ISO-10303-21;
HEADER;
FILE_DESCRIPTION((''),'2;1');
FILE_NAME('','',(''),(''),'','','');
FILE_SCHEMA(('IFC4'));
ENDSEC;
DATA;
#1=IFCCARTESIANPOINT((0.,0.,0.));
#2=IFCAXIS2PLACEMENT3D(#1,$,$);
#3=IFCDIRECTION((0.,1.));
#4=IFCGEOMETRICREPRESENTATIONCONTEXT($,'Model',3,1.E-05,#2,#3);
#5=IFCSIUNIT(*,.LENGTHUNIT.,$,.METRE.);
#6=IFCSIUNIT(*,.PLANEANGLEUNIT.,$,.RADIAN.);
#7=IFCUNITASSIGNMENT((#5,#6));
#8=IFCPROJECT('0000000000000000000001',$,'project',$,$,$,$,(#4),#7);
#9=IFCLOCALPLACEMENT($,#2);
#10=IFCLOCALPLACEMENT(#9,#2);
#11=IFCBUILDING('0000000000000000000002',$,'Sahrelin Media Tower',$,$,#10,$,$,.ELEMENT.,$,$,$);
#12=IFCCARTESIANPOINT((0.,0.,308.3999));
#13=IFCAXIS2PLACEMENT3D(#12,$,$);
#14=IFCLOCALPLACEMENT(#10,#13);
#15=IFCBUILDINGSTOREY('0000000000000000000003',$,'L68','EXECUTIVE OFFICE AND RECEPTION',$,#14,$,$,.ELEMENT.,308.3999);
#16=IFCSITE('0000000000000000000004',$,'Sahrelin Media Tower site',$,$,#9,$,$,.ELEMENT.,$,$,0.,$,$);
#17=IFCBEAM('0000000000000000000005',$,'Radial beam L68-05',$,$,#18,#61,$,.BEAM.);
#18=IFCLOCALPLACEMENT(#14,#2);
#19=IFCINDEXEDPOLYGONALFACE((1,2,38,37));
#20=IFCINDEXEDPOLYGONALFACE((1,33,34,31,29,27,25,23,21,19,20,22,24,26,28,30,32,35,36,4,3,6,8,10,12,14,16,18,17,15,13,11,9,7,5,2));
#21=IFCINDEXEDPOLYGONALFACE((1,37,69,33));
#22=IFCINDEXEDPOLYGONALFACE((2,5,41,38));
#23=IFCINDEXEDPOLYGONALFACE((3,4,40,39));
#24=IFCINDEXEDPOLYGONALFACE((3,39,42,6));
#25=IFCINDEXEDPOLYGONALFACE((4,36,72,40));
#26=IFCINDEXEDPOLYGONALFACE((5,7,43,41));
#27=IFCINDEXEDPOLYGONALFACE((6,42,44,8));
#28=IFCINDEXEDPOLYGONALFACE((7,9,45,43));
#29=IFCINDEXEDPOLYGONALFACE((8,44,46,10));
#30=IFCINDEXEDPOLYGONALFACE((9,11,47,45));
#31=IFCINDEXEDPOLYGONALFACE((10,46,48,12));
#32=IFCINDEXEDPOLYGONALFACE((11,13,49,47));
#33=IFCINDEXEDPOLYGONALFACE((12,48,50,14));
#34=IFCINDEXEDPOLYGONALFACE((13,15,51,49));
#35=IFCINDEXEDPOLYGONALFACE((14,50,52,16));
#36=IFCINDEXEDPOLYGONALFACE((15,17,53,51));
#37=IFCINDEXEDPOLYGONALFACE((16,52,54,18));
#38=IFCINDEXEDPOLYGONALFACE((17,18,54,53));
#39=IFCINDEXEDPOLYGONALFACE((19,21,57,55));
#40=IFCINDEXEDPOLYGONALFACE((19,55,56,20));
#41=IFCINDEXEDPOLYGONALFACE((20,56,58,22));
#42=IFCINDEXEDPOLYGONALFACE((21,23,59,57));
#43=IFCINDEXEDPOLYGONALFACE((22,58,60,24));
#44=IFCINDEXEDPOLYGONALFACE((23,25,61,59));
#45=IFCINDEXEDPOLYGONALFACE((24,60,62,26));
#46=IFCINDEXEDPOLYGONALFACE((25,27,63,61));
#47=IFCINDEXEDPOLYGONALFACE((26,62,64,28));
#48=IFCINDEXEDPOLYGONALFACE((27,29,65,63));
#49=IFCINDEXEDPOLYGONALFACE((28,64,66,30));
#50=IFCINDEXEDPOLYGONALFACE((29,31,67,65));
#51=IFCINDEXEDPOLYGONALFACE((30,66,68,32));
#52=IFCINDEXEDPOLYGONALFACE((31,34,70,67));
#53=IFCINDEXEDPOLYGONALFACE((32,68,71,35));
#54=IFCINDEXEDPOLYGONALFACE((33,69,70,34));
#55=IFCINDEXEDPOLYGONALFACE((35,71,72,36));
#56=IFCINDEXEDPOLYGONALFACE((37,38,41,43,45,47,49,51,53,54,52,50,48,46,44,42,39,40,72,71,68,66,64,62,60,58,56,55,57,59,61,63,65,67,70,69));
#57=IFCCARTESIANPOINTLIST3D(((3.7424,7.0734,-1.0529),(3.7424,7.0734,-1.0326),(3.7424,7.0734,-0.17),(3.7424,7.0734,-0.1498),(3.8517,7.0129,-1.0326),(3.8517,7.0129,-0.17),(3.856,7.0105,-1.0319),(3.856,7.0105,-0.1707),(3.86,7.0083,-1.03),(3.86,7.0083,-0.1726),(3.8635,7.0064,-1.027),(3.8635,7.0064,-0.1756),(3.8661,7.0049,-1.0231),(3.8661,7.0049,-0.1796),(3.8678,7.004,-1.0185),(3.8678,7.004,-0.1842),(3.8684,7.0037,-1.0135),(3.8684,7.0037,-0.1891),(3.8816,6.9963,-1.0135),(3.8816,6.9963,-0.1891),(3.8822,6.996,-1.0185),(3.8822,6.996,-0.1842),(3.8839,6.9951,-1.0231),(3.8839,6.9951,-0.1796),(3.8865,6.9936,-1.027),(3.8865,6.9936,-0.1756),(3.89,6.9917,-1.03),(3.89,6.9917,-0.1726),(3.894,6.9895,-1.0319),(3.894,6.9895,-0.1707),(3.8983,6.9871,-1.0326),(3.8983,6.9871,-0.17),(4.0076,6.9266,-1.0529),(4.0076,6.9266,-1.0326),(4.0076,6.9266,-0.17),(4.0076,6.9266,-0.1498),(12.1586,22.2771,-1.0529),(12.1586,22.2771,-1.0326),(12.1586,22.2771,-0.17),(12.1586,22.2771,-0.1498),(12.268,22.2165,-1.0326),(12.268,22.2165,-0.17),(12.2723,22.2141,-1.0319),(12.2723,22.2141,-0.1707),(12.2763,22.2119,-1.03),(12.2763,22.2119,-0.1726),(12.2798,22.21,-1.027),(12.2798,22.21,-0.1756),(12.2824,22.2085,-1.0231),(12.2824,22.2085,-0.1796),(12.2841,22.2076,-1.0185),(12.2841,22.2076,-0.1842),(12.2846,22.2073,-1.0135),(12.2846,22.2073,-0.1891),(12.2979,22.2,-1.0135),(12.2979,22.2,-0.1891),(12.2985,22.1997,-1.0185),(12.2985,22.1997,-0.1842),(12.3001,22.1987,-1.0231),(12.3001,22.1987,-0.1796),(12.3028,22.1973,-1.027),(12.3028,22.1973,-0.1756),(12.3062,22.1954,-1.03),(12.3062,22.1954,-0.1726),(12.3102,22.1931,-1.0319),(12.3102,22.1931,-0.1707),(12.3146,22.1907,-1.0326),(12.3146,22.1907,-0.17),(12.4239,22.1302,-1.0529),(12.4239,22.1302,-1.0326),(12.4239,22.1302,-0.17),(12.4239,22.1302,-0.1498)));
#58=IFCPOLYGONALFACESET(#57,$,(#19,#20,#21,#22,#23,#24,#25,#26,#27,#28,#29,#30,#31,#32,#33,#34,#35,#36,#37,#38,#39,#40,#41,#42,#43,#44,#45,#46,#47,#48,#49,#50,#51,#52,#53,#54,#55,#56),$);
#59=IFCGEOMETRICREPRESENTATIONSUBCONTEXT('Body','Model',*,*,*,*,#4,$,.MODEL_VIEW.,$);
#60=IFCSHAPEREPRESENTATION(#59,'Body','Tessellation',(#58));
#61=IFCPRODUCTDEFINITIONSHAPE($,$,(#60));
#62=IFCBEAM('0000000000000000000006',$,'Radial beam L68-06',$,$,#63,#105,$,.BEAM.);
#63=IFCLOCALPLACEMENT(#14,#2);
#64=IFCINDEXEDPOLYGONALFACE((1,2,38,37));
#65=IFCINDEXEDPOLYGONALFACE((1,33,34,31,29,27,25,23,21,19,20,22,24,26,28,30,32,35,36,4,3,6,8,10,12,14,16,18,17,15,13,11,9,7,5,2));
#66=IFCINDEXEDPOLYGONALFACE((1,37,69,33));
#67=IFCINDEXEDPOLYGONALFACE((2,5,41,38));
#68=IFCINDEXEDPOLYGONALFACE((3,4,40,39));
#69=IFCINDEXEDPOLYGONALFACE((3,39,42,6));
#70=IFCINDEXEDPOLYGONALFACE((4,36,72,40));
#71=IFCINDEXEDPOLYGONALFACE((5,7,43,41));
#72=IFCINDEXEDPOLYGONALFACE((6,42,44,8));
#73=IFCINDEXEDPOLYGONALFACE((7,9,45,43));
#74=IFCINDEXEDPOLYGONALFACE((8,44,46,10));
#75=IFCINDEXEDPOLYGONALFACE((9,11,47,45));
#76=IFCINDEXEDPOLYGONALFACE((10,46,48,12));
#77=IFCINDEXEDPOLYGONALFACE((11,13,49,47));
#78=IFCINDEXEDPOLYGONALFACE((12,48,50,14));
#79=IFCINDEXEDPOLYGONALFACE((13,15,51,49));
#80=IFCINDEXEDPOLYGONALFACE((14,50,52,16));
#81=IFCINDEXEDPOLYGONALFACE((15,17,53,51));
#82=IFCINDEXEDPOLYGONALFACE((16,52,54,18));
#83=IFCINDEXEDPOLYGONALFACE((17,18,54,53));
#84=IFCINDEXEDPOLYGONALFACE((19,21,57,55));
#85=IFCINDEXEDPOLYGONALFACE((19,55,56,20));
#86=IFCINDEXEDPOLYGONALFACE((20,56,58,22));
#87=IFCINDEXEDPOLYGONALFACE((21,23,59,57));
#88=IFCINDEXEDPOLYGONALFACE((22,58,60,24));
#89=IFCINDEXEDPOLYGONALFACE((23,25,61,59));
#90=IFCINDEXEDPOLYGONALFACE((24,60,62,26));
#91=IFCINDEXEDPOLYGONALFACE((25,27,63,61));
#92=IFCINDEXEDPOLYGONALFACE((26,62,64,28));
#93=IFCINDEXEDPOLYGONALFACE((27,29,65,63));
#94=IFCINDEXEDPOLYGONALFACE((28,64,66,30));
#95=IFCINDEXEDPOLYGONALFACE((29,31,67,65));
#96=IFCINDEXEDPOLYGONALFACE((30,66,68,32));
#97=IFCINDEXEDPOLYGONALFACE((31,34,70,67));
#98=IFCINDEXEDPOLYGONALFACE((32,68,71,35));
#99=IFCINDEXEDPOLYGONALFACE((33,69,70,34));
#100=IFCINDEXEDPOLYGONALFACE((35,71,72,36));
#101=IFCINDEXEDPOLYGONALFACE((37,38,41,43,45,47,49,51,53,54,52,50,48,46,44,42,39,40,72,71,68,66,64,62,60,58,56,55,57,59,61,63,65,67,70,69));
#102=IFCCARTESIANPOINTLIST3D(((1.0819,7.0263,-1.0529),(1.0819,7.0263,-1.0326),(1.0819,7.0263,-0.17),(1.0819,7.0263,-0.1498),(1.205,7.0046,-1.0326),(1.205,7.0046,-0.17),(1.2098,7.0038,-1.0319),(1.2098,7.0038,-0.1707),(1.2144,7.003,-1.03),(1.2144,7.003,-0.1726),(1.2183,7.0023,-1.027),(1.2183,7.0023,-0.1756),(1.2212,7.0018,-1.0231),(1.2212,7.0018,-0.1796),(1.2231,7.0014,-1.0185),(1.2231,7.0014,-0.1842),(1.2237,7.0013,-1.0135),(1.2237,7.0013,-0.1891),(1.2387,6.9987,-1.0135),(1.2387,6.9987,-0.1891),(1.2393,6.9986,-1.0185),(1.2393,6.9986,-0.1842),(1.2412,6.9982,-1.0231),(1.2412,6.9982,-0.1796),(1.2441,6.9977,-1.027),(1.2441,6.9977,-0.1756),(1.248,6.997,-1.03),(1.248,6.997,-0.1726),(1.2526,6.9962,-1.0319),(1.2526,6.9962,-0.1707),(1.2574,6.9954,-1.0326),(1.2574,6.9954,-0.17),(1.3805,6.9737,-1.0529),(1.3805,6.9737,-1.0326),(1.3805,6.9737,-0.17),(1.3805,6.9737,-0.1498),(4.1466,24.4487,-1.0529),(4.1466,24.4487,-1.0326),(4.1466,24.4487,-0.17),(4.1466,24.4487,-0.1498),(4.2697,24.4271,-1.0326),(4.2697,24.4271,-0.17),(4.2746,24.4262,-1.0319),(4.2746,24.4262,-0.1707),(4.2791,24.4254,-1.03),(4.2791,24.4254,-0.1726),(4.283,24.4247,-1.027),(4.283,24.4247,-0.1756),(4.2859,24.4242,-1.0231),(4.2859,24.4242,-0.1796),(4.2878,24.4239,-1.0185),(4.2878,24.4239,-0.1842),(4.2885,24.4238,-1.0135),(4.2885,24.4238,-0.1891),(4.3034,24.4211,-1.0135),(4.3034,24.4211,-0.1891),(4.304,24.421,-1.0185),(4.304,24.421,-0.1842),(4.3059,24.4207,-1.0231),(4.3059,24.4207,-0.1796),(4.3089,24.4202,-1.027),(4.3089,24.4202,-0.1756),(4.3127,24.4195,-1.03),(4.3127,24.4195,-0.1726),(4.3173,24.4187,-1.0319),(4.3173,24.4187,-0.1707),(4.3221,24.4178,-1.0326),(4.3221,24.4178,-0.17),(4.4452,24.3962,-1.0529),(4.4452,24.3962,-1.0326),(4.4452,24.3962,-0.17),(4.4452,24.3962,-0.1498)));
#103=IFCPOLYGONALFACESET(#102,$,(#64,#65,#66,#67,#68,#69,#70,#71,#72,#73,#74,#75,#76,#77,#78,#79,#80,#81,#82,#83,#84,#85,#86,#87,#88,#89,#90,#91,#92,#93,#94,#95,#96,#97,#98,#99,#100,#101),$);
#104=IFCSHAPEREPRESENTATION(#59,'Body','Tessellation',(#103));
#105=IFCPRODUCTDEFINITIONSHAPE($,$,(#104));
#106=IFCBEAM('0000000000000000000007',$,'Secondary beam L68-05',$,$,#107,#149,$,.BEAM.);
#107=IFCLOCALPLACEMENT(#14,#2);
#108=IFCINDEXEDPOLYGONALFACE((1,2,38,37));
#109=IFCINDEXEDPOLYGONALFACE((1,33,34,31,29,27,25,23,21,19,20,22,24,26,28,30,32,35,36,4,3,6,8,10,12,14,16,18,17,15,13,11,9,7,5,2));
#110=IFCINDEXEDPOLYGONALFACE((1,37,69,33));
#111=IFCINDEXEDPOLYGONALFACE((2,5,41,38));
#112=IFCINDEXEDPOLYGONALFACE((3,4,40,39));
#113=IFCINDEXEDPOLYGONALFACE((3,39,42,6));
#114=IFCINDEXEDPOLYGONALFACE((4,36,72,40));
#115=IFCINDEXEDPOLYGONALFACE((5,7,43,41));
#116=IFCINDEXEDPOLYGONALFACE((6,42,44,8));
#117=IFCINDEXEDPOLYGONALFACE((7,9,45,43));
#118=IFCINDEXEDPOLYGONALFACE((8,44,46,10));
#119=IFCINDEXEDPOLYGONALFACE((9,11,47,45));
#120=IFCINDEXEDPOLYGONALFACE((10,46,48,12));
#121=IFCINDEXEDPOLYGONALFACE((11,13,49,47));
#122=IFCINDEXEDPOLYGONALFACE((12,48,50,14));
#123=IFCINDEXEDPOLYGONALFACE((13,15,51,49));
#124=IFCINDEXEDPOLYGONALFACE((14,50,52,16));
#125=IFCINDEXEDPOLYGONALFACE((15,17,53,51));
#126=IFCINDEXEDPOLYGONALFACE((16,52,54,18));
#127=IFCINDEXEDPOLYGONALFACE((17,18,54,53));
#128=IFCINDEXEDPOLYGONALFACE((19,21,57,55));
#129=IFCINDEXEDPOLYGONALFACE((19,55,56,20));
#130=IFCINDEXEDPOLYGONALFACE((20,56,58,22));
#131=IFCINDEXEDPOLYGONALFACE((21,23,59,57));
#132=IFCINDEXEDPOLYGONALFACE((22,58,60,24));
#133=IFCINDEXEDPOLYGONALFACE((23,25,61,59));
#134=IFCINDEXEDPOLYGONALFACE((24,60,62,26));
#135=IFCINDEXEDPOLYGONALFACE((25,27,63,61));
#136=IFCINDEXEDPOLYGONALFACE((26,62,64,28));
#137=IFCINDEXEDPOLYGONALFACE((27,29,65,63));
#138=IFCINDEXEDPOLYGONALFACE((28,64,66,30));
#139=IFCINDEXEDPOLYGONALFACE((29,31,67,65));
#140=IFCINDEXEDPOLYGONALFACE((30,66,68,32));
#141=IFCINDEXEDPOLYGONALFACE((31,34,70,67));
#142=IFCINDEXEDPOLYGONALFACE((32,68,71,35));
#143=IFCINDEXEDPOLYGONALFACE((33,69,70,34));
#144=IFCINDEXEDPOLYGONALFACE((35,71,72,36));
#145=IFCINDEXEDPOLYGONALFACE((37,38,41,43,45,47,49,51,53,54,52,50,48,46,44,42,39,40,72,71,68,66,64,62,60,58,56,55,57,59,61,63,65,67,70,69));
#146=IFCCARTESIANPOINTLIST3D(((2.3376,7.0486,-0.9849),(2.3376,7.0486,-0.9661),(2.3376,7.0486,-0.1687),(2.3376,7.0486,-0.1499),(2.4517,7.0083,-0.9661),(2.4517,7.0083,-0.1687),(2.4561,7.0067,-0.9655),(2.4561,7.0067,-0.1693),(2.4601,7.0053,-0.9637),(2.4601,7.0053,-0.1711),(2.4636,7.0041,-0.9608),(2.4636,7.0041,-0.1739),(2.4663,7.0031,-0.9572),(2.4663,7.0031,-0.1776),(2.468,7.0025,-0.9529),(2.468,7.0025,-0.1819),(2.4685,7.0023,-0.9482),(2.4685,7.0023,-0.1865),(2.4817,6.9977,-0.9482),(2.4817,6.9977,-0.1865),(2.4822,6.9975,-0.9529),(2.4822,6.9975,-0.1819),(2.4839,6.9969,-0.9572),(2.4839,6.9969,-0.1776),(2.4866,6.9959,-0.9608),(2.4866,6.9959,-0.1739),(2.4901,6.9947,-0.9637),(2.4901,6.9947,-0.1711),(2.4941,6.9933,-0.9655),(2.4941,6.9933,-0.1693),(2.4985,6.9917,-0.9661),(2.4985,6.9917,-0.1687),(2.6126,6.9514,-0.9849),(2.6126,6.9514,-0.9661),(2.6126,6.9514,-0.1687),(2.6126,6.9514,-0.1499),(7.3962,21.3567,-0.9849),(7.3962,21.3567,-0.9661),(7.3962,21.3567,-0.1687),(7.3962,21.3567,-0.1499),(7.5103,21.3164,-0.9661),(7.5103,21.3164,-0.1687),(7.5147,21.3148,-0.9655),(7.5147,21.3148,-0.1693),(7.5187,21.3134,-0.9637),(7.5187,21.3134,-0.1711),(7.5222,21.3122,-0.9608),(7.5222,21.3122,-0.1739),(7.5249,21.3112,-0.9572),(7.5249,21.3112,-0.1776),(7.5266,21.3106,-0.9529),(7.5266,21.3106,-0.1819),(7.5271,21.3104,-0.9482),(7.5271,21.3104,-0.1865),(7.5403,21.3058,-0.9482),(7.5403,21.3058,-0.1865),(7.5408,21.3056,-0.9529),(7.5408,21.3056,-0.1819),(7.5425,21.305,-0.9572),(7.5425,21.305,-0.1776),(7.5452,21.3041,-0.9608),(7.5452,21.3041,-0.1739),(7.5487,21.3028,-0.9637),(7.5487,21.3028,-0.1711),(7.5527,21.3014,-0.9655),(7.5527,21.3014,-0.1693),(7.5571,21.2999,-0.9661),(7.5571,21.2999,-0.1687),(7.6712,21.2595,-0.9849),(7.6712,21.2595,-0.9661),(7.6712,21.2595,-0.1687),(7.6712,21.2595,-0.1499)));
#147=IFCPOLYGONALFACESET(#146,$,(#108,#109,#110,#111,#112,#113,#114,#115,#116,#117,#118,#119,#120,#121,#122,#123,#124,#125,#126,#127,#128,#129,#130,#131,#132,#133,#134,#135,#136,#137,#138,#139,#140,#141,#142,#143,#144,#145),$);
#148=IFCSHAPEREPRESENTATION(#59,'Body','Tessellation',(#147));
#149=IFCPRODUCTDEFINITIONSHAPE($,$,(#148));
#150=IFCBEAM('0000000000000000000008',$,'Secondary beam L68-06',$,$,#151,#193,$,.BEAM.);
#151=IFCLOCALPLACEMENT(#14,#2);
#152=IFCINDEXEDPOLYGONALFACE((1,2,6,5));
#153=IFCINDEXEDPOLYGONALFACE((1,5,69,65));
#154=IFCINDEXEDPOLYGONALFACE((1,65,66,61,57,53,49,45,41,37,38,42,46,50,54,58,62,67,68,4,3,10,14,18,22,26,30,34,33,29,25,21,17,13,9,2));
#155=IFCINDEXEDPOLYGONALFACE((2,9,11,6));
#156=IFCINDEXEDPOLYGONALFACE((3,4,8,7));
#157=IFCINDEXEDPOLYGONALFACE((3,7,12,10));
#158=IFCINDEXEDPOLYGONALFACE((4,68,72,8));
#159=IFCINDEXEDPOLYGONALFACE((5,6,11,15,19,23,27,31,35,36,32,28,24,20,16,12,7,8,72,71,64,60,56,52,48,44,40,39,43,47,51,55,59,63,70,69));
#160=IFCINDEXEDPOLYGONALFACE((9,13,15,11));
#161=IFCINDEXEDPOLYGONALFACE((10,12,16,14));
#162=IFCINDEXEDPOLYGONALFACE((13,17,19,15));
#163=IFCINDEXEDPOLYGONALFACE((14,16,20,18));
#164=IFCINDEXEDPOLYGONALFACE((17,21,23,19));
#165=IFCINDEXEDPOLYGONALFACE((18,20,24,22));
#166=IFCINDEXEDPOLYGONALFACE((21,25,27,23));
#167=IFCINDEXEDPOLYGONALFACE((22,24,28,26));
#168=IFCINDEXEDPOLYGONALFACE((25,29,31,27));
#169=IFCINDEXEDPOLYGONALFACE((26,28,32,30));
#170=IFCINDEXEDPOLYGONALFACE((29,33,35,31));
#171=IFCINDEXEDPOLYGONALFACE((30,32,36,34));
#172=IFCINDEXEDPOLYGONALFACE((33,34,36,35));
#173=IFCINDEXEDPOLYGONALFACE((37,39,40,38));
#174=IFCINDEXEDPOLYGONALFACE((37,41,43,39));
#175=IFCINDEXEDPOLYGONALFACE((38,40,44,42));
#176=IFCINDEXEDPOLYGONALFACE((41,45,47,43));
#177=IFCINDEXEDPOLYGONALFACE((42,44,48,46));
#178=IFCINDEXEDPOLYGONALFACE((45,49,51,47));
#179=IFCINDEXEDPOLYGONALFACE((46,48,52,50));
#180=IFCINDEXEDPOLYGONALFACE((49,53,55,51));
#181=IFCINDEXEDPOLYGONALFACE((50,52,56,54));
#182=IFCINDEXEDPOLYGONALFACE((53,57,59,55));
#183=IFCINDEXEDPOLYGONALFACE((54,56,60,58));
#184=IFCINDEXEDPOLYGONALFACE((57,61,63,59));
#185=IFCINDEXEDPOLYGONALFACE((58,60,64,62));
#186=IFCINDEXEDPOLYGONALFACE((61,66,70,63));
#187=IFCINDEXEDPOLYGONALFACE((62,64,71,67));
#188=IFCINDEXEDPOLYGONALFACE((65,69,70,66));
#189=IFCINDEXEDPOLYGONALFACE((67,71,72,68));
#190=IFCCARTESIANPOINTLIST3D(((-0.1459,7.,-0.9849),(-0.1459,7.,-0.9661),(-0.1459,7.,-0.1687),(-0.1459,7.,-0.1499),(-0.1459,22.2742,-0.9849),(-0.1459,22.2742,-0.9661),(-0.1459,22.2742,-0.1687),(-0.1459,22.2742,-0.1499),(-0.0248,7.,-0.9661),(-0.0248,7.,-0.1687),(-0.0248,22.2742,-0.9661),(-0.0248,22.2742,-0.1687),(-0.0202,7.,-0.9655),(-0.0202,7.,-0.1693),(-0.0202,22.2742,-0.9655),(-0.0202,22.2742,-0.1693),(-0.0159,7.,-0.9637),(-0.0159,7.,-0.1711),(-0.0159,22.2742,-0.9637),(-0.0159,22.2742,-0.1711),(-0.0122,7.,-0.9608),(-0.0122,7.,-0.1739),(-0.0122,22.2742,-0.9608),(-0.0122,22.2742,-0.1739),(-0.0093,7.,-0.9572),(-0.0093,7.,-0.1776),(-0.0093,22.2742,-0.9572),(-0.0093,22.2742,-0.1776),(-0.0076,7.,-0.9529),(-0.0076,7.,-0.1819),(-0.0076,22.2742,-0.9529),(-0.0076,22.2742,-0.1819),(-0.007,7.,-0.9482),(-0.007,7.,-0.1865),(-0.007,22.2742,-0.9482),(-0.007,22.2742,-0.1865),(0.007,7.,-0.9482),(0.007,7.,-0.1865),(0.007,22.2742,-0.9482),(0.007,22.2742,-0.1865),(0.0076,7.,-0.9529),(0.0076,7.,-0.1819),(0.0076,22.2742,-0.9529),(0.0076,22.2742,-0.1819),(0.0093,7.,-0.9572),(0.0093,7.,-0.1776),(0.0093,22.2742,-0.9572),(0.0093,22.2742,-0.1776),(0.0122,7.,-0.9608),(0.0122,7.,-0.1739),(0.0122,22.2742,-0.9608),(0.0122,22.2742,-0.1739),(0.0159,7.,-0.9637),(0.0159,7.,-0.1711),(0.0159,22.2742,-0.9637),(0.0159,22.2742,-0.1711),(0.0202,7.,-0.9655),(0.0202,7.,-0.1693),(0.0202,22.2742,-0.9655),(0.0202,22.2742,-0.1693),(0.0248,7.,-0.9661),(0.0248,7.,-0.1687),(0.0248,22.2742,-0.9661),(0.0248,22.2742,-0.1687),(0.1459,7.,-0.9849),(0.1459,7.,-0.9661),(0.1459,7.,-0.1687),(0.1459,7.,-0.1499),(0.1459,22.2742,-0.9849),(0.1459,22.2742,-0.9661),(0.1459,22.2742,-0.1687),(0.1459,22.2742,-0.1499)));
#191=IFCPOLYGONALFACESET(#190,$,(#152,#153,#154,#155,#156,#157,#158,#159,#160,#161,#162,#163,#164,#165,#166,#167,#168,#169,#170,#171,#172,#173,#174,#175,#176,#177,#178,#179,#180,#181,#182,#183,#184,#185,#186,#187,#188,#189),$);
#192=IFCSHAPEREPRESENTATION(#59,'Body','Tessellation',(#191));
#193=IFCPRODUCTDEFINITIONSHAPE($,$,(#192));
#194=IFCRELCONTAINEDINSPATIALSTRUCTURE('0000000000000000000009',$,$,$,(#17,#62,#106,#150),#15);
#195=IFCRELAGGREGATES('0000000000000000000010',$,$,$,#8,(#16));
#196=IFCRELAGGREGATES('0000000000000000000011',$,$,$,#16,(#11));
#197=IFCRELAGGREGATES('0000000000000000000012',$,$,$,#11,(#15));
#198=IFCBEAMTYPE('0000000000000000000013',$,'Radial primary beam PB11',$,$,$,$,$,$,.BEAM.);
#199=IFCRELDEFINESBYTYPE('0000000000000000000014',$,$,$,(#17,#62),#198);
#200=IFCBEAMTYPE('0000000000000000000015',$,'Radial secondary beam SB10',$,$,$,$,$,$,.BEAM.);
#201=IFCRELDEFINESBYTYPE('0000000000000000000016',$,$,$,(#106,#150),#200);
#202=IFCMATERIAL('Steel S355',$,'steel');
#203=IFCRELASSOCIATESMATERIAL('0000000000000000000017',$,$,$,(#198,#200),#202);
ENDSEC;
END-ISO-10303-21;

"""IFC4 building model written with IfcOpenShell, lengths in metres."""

from ifc_helpers import new_model, si_unit, direction, frame, origin, origin_2d, place, context, subcontext, project, spatial, i_section, extrude, material, material_profile, profile_set, type_object, element, save


model = new_model("IFC4")

# Units and contexts
model_context = context("Model", 3, precision=1e-05, world=origin(), true_north=direction((0.0, 1.0)))
body_context = subcontext(model_context, "Body", "Model", "MODEL_VIEW")
ifc_project = project(units=[si_unit("LENGTHUNIT", "METRE"), si_unit("PLANEANGLEUNIT", "RADIAN")], contexts=[model_context])

# Site, building, storey
site_placement = place(None, origin())
site = spatial("IfcSite", under=ifc_project, at=site_placement, Name="Sahrelin Media Tower site", CompositionType="ELEMENT", RefElevation=0.0)
building_placement = place(site_placement, origin())
building = spatial("IfcBuilding", under=site, at=building_placement, Name="Sahrelin Media Tower", CompositionType="ELEMENT")
storey_placement = place(building_placement, frame((0.0, 0.0, 308.3999)))
storey = spatial("IfcBuildingStorey", under=building, at=storey_placement, Name="L68", Description="EXECUTIVE OFFICE AND RECEPTION", CompositionType="ELEMENT", Elevation=308.3999)

# Beams
ifc_material_1 = material(Name="Steel S355", Category="steel")
ifc_material_profile_1 = material_profile(ifc_material_1, i_section(OverallWidth=0.3032, OverallDepth=0.9031, WebThickness=0.0151, FlangeThickness=0.0203, FilletRadius=0.019, at=origin_2d()), Name="UB 914x305x201")
ifc_profile_set_1 = profile_set([ifc_material_profile_1], Name="Steel S355")
beam_type_1 = type_object("IfcBeamType", Name="Radial primary beam PB11", PredefinedType="BEAM", material=ifc_profile_set_1)
beam_1_placement = place(storey_placement, frame((3.875, 7.0, -0.6013), z_axis=(0.484315, 0.874894, 0.0), x_axis=(-0.874894, 0.484315, 0.0)))
element("IfcBeam", 1, at=beam_1_placement, inside=storey, type_object=beam_type_1, Name="Radial beam L68-05", PredefinedType="BEAM", context=body_context, shape_type="SweptSolid", body=[
    extrude(i_section(OverallWidth=0.3032, OverallDepth=0.9031, WebThickness=0.0151, FlangeThickness=0.0203, FilletRadius=0.019, at=origin_2d()), origin(), (0.0, 0.0, 1.0), 17.3777),
])
beam_2_placement = place(storey_placement, frame((1.2312, 7.0, -0.6013), z_axis=(0.173246, 0.984879, 0.0), x_axis=(-0.984879, 0.173246, 0.0)))
element("IfcBeam", 2, at=beam_2_placement, inside=storey, type_object=beam_type_1, Name="Radial beam L68-06", PredefinedType="BEAM", context=body_context, shape_type="SweptSolid", body=[
    extrude(i_section(OverallWidth=0.3032, OverallDepth=0.9031, WebThickness=0.0151, FlangeThickness=0.0203, FilletRadius=0.019, at=origin_2d()), origin(), (0.0, 0.0, 1.0), 17.6899),
])
ifc_material_profile_2 = material_profile(ifc_material_1, i_section(OverallWidth=0.2917, OverallDepth=0.835, WebThickness=0.0139, FlangeThickness=0.0188, FilletRadius=0.0178, at=origin_2d()), Name="UB 838x292x176")
ifc_profile_set_2 = profile_set([ifc_material_profile_2], Name="Steel S355")
beam_type_2 = type_object("IfcBeamType", Name="Radial secondary beam SB10", PredefinedType="BEAM", material=ifc_profile_set_2)
beam_3_placement = place(storey_placement, frame((2.4751, 7.0, -0.5674), z_axis=(0.333328, 0.942811, 0.0), x_axis=(-0.942811, 0.333328, 0.0)))
element("IfcBeam", 3, at=beam_3_placement, inside=storey, type_object=beam_type_2, Name="Secondary beam L68-05", PredefinedType="BEAM", context=body_context, shape_type="SweptSolid", body=[
    extrude(i_section(OverallWidth=0.2917, OverallDepth=0.835, WebThickness=0.0139, FlangeThickness=0.0188, FilletRadius=0.0178, at=origin_2d()), origin(), (0.0, 0.0, 1.0), 15.176),
])
beam_4_placement = place(storey_placement, frame((0.0, 7.0, -0.5674), z_axis=(0.0, 1.0, 0.0), x_axis=(-1.0, 0.0, 0.0)))
element("IfcBeam", 4, at=beam_4_placement, inside=storey, type_object=beam_type_2, Name="Secondary beam L68-06", PredefinedType="BEAM", context=body_context, shape_type="SweptSolid", body=[
    extrude(i_section(OverallWidth=0.2917, OverallDepth=0.835, WebThickness=0.0139, FlangeThickness=0.0188, FilletRadius=0.0178, at=origin_2d()), origin(), (0.0, 0.0, 1.0), 15.2742),
])

save(model, "model.ifc")
